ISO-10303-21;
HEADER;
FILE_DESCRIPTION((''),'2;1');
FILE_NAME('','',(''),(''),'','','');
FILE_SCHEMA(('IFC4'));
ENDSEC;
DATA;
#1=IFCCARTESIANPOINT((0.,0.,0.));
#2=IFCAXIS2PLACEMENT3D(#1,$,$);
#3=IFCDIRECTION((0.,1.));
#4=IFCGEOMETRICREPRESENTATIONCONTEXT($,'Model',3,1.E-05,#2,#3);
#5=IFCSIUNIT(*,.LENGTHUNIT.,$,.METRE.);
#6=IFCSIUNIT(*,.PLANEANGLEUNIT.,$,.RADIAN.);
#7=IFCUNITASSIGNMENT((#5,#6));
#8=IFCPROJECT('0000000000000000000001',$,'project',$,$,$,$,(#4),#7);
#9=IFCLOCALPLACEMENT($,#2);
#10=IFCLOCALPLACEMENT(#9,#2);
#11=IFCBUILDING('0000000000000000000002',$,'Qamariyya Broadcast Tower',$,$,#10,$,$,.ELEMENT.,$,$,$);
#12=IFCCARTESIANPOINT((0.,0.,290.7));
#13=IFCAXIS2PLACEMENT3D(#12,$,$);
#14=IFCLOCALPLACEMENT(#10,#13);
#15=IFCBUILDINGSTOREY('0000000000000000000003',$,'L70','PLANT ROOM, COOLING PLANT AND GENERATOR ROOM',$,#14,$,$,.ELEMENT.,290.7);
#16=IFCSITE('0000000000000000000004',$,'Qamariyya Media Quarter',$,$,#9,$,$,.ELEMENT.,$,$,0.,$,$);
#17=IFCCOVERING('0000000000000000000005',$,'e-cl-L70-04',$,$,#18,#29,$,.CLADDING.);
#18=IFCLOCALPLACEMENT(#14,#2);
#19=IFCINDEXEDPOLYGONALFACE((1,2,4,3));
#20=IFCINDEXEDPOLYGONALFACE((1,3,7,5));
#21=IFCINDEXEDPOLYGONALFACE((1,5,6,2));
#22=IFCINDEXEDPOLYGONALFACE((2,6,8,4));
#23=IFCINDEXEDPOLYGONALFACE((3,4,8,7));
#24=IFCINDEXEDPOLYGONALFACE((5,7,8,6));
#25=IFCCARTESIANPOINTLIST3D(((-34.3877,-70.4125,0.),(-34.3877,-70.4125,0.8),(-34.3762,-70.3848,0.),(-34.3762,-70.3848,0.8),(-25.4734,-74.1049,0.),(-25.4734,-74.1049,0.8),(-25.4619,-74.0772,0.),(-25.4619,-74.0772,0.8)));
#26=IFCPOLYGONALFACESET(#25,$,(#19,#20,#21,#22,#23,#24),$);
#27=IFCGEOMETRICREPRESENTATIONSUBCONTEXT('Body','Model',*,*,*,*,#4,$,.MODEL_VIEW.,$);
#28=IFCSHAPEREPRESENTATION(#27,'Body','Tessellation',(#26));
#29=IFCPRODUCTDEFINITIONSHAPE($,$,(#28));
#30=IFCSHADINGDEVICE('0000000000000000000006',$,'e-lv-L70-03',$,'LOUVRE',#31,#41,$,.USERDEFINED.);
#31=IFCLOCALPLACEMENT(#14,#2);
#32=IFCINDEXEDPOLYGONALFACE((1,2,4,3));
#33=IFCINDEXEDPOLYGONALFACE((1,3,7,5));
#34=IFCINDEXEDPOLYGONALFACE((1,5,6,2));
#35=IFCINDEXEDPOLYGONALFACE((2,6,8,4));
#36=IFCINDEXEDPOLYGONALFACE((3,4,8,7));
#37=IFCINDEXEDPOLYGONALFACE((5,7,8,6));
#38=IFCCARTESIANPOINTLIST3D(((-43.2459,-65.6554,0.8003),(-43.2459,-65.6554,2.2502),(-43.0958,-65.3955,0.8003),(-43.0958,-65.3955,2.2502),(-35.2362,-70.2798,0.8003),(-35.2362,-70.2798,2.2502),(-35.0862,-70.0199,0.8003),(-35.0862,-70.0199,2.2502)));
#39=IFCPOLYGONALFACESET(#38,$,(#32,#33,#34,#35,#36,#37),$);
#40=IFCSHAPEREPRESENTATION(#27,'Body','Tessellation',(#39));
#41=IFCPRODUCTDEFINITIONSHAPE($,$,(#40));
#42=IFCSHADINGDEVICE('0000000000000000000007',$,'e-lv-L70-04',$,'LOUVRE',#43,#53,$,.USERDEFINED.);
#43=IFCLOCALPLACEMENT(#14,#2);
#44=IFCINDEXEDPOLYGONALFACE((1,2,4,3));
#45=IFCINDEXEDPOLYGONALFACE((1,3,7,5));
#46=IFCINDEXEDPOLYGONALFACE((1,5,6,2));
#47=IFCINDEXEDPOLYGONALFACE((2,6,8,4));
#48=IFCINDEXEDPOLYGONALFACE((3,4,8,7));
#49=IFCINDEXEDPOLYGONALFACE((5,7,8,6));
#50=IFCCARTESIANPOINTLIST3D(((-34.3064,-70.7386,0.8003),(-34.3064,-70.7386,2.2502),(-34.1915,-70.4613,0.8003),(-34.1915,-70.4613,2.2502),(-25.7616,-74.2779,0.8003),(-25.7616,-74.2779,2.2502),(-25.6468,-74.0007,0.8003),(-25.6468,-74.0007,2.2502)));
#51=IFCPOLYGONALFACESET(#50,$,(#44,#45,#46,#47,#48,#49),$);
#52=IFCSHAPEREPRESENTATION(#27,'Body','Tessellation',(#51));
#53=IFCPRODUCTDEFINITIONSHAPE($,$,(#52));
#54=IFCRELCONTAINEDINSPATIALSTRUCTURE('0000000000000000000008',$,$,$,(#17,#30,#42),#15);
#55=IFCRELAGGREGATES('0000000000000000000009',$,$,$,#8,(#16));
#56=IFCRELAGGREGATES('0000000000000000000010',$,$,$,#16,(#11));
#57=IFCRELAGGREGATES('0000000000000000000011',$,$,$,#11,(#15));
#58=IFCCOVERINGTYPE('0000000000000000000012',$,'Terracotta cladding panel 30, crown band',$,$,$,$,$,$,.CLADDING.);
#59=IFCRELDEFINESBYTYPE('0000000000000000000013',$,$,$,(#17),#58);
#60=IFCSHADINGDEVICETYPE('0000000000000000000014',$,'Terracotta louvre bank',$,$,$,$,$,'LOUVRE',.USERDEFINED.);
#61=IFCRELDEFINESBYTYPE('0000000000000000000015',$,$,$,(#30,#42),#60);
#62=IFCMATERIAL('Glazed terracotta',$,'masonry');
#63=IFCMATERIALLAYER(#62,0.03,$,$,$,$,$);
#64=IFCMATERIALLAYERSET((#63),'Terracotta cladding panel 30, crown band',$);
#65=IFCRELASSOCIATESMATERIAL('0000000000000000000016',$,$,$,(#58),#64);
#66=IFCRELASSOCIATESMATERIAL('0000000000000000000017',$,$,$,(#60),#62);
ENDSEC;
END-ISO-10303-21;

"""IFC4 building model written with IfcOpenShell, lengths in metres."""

from ifc_helpers import new_model, si_unit, direction, frame, origin, origin_2d, place, context, subcontext, project, spatial, rectangle, extrude, material, layer, layer_set, type_object, element, save


model = new_model("IFC4")

# Units and contexts
model_context = context("Model", 3, precision=1e-05, world=origin(), true_north=direction((0.0, 1.0)))
body_context = subcontext(model_context, "Body", "Model", "MODEL_VIEW")
ifc_project = project(units=[si_unit("LENGTHUNIT", "METRE"), si_unit("PLANEANGLEUNIT", "RADIAN")], contexts=[model_context])

# Site, building, storey
site_placement = place(None, origin())
site = spatial("IfcSite", under=ifc_project, at=site_placement, Name="Qamariyya Media Quarter", CompositionType="ELEMENT", RefElevation=0.0)
building_placement = place(site_placement, origin())
building = spatial("IfcBuilding", under=site, at=building_placement, Name="Qamariyya Broadcast Tower", CompositionType="ELEMENT")
storey_placement = place(building_placement, frame((0.0, 0.0, 290.7)))
storey = spatial("IfcBuildingStorey", under=building, at=storey_placement, Name="L70", Description="PLANT ROOM, COOLING PLANT AND GENERATOR ROOM", CompositionType="ELEMENT", Elevation=290.7)

# Covering
ifc_material_1 = material(Name="Glazed terracotta", Category="masonry")
ifc_layer_1 = layer(ifc_material_1, 0.03)
ifc_layer_set_1 = layer_set([ifc_layer_1], Name="Terracotta cladding panel 30, crown band")
covering_type = type_object("IfcCoveringType", Name="Terracotta cladding panel 30, crown band", PredefinedType="CLADDING", material=ifc_layer_set_1)
for number, where, z_axis, x_axis, name in (
    (1, (-29.9248, -72.2449, 0.0), (0.0, 0.0, 1.0), (0.92388, -0.382683, 0.0), "e-cl-L70-04"),
):
    element("IfcCovering", number, at=place(storey_placement, frame(where, z_axis=z_axis, x_axis=x_axis)), inside=storey, type_object=covering_type, Name=name, PredefinedType="CLADDING", context=body_context, shape_type="SweptSolid", body=[
        extrude(rectangle(XDim=9.6487, YDim=0.03, at=origin_2d()), origin(), (0.0, 0.0, 1.0), 0.8),
    ])

# Shading devices
shading_device_type = type_object("IfcShadingDeviceType", Name="Terracotta louvre bank", ElementType="LOUVRE", PredefinedType="USERDEFINED", material=ifc_material_1)
for number, where, z_axis, x_axis, name in (
    (2, (-39.166, -67.8376, 0.8003), (0.0, 0.0, 1.0), (0.866025, -0.5, 0.0), "e-lv-L70-03"),
    (3, (-29.9766, -72.3696, 0.8003), (0.0, 0.0, 1.0), (0.92388, -0.382683, 0.0), "e-lv-L70-04"),
):
    element("IfcShadingDevice", number, at=place(storey_placement, frame(where, z_axis=z_axis, x_axis=x_axis)), inside=storey, type_object=shading_device_type, Name=name, ObjectType="LOUVRE", PredefinedType="USERDEFINED", context=body_context, shape_type="SweptSolid", body=[
        extrude(rectangle(XDim=9.2488, YDim=0.3, at=origin_2d()), origin(), (0.0, 0.0, 1.0), 1.45),
    ])

save(model, "model.ifc")
